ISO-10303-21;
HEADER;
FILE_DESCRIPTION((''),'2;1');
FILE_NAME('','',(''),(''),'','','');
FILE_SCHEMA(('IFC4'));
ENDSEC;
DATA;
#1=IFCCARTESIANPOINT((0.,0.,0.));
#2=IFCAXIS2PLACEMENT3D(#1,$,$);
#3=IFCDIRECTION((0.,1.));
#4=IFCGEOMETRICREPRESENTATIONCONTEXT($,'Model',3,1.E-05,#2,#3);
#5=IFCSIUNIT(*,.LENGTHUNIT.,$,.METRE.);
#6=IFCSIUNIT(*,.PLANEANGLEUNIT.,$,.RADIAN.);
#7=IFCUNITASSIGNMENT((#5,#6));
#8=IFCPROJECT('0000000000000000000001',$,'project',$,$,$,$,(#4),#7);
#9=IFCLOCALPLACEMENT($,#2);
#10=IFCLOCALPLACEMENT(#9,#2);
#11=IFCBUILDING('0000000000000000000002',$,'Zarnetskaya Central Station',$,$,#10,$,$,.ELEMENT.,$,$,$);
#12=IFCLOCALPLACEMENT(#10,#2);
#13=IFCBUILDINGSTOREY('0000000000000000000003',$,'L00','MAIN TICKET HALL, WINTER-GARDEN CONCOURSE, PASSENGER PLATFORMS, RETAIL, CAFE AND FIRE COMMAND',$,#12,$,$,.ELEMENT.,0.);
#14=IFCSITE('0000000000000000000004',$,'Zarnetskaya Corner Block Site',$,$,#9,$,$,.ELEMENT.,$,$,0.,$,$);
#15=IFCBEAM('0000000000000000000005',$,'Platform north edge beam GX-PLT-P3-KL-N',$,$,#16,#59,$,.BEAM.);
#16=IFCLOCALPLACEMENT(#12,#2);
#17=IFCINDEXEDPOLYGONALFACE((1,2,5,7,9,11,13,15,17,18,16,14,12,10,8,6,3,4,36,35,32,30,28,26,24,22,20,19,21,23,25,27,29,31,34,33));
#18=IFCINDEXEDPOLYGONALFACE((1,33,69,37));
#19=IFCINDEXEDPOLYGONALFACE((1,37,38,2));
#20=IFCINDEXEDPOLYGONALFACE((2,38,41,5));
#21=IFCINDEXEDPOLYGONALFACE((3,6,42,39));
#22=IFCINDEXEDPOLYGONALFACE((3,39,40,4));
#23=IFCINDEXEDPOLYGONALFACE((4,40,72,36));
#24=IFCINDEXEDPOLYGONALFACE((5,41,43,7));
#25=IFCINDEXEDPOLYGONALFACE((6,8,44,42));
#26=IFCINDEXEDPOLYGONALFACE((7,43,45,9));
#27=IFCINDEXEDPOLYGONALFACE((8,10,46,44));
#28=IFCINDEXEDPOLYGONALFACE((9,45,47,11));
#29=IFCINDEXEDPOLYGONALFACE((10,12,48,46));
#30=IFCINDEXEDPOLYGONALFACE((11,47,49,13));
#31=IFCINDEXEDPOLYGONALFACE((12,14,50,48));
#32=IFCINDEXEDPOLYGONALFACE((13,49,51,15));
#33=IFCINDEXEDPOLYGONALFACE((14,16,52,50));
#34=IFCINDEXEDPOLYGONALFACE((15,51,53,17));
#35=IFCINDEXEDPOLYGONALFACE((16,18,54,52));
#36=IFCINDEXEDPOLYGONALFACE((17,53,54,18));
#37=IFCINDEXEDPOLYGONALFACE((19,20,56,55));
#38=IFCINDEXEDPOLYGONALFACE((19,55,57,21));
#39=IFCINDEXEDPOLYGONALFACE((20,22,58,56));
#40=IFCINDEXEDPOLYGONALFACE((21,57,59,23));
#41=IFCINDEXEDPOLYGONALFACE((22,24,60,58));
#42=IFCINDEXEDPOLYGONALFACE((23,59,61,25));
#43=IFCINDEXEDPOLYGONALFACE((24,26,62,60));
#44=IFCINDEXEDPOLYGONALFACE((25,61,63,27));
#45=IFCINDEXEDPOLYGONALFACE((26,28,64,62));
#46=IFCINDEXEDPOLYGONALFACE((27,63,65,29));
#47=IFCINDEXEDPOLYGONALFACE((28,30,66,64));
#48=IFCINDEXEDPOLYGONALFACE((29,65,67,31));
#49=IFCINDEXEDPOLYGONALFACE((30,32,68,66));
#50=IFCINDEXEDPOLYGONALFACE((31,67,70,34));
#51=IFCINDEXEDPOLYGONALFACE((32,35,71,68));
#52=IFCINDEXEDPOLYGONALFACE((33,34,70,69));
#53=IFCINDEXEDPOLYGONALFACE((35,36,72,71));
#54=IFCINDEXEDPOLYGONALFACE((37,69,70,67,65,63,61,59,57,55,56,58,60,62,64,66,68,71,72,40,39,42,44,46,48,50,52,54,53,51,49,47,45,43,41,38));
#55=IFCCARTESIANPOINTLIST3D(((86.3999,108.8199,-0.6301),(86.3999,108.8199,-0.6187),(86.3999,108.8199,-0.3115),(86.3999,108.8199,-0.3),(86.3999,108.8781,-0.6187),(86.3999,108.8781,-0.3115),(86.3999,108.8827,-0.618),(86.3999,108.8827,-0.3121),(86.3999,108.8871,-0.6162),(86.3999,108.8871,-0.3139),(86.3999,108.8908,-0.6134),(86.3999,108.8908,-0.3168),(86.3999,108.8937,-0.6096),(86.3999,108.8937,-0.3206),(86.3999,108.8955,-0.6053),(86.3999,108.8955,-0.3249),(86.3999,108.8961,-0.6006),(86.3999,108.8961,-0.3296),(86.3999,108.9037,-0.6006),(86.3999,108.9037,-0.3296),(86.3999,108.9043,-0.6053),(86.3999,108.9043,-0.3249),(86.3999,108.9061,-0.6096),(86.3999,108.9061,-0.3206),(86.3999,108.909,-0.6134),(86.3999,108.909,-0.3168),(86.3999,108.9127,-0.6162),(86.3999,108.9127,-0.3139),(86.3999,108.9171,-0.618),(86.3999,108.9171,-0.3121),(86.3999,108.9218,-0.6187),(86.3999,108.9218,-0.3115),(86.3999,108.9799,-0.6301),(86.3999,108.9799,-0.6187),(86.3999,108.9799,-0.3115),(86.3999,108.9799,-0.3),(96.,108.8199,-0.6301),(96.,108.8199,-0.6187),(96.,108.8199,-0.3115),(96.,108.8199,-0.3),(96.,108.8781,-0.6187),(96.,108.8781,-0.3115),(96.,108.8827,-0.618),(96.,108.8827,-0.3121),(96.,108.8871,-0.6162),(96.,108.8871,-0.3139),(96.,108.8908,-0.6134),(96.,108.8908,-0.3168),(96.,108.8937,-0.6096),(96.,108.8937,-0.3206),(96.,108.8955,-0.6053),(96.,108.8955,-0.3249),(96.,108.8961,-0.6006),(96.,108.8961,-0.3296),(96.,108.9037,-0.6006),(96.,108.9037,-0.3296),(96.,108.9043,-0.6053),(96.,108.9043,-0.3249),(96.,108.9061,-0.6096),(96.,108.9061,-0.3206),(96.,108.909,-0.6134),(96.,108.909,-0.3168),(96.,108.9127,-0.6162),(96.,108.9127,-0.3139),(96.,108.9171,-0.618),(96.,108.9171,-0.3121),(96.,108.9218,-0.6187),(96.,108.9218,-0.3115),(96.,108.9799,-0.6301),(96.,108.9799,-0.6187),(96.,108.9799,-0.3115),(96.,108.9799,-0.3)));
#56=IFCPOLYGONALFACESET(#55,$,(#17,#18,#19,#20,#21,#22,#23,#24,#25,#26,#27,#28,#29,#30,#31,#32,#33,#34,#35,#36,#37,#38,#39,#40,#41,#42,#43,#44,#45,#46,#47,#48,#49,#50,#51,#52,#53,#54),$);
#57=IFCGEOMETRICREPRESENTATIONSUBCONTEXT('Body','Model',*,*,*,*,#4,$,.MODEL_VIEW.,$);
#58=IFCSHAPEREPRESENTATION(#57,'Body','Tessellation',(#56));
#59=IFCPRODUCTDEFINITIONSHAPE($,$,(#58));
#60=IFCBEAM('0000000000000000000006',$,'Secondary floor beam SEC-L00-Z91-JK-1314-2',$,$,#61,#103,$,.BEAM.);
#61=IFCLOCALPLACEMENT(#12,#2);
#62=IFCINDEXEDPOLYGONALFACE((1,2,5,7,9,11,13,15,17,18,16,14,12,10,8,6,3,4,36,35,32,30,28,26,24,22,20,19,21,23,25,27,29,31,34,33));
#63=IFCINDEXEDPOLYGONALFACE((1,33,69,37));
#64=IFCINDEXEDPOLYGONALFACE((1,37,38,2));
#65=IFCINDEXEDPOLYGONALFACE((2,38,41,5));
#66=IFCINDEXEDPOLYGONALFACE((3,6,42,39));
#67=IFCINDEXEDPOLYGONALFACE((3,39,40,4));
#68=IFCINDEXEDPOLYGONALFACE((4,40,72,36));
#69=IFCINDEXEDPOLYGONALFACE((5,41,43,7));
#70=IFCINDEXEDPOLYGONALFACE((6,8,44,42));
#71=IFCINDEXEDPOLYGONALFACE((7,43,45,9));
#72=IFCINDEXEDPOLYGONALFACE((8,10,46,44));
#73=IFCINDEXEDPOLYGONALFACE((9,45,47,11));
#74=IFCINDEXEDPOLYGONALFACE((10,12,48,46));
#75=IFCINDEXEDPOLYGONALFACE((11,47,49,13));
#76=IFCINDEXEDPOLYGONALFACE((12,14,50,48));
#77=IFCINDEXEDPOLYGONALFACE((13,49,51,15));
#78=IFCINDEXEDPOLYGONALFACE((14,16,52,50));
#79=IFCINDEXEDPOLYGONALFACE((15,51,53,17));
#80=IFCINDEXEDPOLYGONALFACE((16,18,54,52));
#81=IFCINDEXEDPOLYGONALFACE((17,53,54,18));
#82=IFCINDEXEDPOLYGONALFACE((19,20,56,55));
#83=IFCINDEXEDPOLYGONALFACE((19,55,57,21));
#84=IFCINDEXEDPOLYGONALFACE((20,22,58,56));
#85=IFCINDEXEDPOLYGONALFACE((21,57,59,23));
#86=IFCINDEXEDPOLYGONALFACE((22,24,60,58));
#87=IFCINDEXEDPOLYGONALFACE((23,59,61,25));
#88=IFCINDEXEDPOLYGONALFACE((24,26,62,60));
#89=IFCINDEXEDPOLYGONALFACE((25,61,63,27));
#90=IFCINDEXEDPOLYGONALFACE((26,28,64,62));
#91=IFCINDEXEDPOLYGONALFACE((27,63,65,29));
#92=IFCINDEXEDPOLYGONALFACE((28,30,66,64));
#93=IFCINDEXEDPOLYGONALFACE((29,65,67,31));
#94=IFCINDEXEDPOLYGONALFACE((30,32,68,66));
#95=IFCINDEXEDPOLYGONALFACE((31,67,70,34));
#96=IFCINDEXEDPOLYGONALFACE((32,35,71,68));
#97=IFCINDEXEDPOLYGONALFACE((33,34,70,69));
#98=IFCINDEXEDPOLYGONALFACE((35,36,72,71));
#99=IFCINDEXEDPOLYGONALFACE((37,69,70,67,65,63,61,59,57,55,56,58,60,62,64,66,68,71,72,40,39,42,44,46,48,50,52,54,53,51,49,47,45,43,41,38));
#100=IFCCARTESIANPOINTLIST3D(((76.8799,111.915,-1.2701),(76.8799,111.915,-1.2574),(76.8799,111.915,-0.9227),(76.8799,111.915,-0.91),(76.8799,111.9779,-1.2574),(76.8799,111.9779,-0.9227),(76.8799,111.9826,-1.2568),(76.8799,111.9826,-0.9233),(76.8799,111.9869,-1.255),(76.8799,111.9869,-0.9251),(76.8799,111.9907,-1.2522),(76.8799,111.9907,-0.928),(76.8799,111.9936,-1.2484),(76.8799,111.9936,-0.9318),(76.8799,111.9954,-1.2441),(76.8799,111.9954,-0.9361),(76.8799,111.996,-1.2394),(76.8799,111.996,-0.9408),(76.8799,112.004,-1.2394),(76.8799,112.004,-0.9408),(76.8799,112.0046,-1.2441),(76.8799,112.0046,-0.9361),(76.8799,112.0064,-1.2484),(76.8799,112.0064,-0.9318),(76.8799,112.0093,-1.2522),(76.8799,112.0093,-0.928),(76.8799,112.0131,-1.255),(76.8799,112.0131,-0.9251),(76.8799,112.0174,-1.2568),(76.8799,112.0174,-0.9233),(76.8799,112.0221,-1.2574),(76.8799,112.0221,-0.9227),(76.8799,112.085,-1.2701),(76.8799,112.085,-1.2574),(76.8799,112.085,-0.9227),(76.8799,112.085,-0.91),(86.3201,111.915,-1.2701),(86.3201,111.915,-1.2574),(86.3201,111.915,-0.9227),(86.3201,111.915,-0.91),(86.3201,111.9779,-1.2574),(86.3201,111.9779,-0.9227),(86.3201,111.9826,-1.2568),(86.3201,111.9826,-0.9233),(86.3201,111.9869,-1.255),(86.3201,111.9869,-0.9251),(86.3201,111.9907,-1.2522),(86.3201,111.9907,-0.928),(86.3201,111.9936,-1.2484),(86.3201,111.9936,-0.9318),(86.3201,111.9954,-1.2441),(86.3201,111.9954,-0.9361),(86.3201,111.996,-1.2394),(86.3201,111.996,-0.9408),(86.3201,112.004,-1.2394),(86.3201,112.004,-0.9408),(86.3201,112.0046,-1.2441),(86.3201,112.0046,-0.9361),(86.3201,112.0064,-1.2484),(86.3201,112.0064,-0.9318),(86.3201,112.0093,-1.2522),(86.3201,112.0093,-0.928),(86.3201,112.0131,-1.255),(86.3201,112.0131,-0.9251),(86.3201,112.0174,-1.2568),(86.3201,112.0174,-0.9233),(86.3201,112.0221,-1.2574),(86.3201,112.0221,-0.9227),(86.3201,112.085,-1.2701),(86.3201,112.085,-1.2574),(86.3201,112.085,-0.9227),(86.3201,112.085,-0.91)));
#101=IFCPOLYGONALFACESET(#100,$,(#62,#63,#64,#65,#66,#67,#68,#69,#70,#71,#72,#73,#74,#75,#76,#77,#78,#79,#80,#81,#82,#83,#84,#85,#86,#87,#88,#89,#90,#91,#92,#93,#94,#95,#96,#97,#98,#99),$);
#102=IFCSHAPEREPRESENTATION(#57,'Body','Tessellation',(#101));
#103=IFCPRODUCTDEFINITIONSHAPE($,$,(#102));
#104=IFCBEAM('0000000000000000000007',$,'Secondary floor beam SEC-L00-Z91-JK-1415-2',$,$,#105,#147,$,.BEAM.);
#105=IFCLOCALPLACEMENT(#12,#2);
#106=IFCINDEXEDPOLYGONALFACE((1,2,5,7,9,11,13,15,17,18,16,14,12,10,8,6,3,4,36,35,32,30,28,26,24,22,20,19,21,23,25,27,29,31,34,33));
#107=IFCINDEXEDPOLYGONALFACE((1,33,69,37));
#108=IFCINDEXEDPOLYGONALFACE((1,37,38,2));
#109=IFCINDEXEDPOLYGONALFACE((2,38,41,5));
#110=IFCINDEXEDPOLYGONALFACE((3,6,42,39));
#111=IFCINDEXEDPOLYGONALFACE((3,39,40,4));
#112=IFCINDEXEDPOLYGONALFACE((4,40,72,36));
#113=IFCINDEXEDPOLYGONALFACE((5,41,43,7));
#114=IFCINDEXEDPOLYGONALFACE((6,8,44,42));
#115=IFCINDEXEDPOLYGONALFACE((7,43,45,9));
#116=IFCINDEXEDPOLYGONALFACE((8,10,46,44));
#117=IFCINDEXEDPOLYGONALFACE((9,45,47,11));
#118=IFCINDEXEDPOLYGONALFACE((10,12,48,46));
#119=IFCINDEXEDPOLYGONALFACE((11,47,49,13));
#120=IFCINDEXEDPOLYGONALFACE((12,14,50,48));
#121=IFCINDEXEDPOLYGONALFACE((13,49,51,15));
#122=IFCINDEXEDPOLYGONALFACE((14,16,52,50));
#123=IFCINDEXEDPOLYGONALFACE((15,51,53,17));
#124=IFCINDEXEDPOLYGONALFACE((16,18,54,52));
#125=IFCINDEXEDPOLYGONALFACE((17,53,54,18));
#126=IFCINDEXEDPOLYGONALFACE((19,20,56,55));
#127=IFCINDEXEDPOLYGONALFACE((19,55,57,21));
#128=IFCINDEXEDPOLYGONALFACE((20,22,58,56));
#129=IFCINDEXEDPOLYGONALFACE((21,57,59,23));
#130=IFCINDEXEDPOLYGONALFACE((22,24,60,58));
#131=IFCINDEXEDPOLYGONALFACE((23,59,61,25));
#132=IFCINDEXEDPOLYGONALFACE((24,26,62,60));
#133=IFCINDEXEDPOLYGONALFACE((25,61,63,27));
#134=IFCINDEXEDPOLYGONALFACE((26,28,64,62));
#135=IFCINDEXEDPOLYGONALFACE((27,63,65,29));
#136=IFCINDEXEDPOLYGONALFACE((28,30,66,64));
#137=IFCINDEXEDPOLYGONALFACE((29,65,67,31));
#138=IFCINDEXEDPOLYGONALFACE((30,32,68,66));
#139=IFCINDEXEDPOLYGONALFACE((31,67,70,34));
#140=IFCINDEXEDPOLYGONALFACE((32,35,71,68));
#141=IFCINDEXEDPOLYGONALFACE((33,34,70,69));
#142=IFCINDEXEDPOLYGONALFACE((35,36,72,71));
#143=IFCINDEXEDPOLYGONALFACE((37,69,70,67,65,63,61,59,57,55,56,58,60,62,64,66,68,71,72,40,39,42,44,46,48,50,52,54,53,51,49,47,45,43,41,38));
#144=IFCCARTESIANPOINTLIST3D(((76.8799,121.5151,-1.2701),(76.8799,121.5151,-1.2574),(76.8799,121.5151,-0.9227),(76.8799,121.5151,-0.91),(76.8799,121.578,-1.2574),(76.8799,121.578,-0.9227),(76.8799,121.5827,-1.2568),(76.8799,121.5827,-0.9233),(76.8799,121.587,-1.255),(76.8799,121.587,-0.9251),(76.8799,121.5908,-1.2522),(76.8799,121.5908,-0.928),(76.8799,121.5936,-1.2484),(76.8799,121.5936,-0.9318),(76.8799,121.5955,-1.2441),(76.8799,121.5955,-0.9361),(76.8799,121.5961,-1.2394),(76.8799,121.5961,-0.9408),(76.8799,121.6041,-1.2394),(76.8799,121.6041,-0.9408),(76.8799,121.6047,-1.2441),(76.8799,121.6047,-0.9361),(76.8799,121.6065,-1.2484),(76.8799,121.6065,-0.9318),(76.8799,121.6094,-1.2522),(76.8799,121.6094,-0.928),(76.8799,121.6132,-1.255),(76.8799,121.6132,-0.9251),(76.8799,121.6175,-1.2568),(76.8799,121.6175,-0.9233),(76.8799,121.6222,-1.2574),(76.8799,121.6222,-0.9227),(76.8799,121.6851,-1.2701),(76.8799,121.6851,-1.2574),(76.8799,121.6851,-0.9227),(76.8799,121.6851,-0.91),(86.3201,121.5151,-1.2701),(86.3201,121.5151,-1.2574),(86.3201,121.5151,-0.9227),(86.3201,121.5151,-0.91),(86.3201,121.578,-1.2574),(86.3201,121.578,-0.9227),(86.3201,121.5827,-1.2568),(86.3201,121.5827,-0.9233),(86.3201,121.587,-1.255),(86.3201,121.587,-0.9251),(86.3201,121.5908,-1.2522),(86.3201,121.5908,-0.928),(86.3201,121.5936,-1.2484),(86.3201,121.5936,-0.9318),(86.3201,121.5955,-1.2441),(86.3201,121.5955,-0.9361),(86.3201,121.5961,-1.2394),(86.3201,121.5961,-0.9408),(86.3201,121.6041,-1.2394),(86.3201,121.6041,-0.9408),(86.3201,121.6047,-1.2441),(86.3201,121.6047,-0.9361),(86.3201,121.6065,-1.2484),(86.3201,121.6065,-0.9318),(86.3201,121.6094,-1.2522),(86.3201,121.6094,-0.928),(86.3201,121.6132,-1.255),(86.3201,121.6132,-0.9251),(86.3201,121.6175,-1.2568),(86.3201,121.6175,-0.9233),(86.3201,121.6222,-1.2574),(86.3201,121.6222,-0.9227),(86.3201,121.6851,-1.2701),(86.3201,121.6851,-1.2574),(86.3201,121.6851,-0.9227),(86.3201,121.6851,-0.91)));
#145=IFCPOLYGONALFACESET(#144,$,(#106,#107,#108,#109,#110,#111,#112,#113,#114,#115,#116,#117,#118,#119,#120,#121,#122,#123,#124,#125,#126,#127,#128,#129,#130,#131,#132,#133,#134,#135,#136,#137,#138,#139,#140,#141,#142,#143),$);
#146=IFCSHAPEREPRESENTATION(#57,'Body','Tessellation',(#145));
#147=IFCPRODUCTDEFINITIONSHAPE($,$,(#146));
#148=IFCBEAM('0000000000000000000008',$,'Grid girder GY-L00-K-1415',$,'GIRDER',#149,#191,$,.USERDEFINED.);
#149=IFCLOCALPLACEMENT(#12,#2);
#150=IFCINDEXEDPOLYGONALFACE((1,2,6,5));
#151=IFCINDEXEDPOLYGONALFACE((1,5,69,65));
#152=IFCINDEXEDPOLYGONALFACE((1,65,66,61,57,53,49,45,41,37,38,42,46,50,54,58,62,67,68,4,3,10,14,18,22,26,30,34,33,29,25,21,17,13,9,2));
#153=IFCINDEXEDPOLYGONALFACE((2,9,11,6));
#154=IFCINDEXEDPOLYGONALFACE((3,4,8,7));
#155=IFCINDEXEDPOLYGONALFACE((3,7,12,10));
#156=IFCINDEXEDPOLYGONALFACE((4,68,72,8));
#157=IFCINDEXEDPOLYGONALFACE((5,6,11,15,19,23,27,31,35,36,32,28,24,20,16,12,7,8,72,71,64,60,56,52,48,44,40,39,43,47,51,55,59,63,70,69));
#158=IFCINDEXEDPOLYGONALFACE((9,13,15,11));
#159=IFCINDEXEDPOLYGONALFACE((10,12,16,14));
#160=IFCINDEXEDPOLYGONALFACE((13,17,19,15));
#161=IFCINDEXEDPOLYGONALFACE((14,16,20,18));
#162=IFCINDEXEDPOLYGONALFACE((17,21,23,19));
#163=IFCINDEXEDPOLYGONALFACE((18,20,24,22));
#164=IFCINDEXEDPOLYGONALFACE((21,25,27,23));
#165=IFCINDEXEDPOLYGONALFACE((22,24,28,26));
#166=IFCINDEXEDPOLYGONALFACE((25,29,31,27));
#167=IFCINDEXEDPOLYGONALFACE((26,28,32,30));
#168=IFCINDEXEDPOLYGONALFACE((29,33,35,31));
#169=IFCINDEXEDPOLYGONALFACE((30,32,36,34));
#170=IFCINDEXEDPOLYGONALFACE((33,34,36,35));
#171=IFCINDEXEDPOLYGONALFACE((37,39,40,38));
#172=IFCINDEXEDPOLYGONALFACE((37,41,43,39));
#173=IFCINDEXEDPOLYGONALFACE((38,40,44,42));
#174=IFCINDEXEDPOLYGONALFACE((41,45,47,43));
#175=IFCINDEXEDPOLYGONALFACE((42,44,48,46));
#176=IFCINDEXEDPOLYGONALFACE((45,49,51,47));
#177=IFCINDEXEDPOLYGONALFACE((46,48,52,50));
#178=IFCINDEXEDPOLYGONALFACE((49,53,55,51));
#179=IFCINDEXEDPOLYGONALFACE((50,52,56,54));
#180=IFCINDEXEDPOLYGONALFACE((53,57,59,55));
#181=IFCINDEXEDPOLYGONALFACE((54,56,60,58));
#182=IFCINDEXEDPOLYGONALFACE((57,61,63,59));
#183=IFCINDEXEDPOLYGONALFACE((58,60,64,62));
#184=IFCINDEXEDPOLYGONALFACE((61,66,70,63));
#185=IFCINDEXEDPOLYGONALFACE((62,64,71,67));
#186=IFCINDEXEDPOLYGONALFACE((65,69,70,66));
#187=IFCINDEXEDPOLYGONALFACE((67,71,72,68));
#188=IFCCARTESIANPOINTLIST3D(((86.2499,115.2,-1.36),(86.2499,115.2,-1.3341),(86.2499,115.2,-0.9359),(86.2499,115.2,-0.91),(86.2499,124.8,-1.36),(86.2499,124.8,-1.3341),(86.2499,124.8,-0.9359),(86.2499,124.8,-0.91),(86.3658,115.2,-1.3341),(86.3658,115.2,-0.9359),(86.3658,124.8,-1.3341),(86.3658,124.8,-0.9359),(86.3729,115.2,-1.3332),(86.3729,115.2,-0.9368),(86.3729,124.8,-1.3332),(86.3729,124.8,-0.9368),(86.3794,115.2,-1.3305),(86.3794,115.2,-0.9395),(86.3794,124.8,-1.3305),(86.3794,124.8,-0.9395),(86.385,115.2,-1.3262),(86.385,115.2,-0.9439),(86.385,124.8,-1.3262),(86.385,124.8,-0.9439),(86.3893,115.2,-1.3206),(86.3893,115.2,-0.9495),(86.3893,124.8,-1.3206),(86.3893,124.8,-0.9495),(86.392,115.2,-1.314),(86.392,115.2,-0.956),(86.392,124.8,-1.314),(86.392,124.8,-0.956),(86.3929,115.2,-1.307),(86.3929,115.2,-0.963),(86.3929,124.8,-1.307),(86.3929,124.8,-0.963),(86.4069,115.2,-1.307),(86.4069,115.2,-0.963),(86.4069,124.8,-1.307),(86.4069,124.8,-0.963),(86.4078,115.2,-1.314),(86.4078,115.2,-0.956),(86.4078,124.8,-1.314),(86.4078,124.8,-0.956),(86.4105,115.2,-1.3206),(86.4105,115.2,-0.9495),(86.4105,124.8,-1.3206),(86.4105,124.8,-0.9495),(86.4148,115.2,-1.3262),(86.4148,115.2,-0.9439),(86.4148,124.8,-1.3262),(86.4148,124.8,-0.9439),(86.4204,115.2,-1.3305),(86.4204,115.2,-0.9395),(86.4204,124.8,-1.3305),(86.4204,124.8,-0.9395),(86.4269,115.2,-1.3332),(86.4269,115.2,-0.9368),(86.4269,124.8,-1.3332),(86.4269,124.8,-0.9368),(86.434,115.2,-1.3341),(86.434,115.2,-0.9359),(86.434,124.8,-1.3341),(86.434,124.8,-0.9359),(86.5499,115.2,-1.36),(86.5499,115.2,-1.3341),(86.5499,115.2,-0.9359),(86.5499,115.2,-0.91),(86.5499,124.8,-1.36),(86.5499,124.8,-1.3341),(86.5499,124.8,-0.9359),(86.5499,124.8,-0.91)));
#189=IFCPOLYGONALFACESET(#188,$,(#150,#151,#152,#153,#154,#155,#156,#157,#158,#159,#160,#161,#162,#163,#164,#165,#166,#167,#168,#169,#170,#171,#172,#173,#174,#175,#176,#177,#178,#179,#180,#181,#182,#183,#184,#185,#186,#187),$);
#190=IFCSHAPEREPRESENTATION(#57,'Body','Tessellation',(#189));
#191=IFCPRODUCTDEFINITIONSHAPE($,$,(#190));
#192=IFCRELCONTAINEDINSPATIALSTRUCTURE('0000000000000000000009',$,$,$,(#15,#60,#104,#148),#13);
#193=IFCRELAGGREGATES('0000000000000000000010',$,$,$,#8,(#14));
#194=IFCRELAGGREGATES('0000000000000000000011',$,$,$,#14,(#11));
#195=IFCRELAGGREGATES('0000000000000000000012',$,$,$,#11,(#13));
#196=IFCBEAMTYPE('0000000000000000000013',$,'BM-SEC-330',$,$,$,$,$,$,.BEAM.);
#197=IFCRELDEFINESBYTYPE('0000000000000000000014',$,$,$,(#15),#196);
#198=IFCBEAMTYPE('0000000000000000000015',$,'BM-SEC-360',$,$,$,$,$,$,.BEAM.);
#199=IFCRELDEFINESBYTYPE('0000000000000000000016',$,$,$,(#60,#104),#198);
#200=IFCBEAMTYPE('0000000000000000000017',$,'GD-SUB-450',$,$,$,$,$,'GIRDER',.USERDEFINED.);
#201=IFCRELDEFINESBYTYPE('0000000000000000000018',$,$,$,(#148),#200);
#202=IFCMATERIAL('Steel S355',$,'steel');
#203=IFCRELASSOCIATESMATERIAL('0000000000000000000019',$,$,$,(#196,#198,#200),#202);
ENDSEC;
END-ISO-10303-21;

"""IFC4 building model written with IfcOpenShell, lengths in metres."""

from ifc_helpers import new_model, si_unit, direction, frame, origin, origin_2d, place, context, subcontext, project, spatial, i_section, extrude, material, material_profile, profile_set, type_object, element, save


model = new_model("IFC4")

# Units and contexts
model_context = context("Model", 3, precision=1e-05, world=origin(), true_north=direction((0.0, 1.0)))
body_context = subcontext(model_context, "Body", "Model", "MODEL_VIEW")
ifc_project = project(units=[si_unit("LENGTHUNIT", "METRE"), si_unit("PLANEANGLEUNIT", "RADIAN")], contexts=[model_context])

# Site, building, storey
site_placement = place(None, origin())
site = spatial("IfcSite", under=ifc_project, at=site_placement, Name="Zarnetskaya Corner Block Site", CompositionType="ELEMENT", RefElevation=0.0)
building_placement = place(site_placement, origin())
building = spatial("IfcBuilding", under=site, at=building_placement, Name="Zarnetskaya Central Station", CompositionType="ELEMENT")
storey_placement = place(building_placement, origin())
storey = spatial("IfcBuildingStorey", under=building, at=storey_placement, Name="L00", Description="MAIN TICKET HALL, WINTER-GARDEN CONCOURSE, PASSENGER PLATFORMS, RETAIL, CAFE AND FIRE COMMAND", CompositionType="ELEMENT", Elevation=0.0)

# Shared definitions
ifc_material_1 = material(Name="Steel S355", Category="steel")

# Beams
ifc_material_profile_1 = material_profile(ifc_material_1, i_section(OverallWidth=0.1599, OverallDepth=0.3301, WebThickness=0.0076, FlangeThickness=0.0115, FilletRadius=0.0181, at=origin_2d()), Name="IPE 330")
ifc_profile_set_1 = profile_set([ifc_material_profile_1], Name="Steel S355")
beam_type_1 = type_object("IfcBeamType", Name="BM-SEC-330", PredefinedType="BEAM", material=ifc_profile_set_1)
beam_1_placement = place(storey_placement, frame((86.3999, 108.8999, -0.4651), z_axis=(1.0, 0.0, 0.0), x_axis=(0.0, 1.0, 0.0)))
element("IfcBeam", 1, at=beam_1_placement, inside=storey, type_object=beam_type_1, Name="Platform north edge beam GX-PLT-P3-KL-N", PredefinedType="BEAM", context=body_context, shape_type="SweptSolid", body=[
    extrude(i_section(OverallWidth=0.1599, OverallDepth=0.3301, WebThickness=0.0076, FlangeThickness=0.0115, FilletRadius=0.0181, at=origin_2d()), origin(), (0.0, 0.0, 1.0), 9.6001),
])
ifc_material_profile_2 = material_profile(ifc_material_1, i_section(OverallWidth=0.1699, OverallDepth=0.3601, WebThickness=0.0081, FlangeThickness=0.0127, FilletRadius=0.0181, at=origin_2d()), Name="IPE 360")
ifc_profile_set_2 = profile_set([ifc_material_profile_2], Name="Steel S355")
beam_type_2 = type_object("IfcBeamType", Name="BM-SEC-360", PredefinedType="BEAM", material=ifc_profile_set_2)
for number, where, z_axis, x_axis, name in (
    (2, (76.8799, 112.0, -1.0901), (1.0, 0.0, 0.0), (0.0, 1.0, 0.0), "Secondary floor beam SEC-L00-Z91-JK-1314-2"),
    (3, (76.8799, 121.6001, -1.0901), (1.0, 0.0, 0.0), (0.0, 1.0, 0.0), "Secondary floor beam SEC-L00-Z91-JK-1415-2"),
):
    element("IfcBeam", number, at=place(storey_placement, frame(where, z_axis=z_axis, x_axis=x_axis)), inside=storey, type_object=beam_type_2, Name=name, PredefinedType="BEAM", context=body_context, shape_type="SweptSolid", body=[
        extrude(i_section(OverallWidth=0.1699, OverallDepth=0.3601, WebThickness=0.0081, FlangeThickness=0.0127, FilletRadius=0.0181, at=origin_2d()), origin(), (0.0, 0.0, 1.0), 9.4402),
    ])
ifc_material_profile_3 = material_profile(ifc_material_1, i_section(OverallWidth=0.3, OverallDepth=0.45, WebThickness=0.0139, FlangeThickness=0.0259, FilletRadius=0.0271, at=origin_2d()), Name="HEB 450")
ifc_profile_set_3 = profile_set([ifc_material_profile_3], Name="Steel S355")
beam_type_3 = type_object("IfcBeamType", Name="GD-SUB-450", ElementType="GIRDER", PredefinedType="USERDEFINED", material=ifc_profile_set_3)
beam_2_placement = place(storey_placement, frame((86.3999, 115.2, -1.135), z_axis=(0.0, 1.0, 0.0), x_axis=(-1.0, 0.0, 0.0)))
element("IfcBeam", 4, at=beam_2_placement, inside=storey, type_object=beam_type_3, Name="Grid girder GY-L00-K-1415", ObjectType="GIRDER", PredefinedType="USERDEFINED", context=body_context, shape_type="SweptSolid", body=[
    extrude(i_section(OverallWidth=0.3, OverallDepth=0.45, WebThickness=0.0139, FlangeThickness=0.0259, FilletRadius=0.0271, at=origin_2d()), origin(), (0.0, 0.0, 1.0), 9.6001),
])

save(model, "model.ifc")
